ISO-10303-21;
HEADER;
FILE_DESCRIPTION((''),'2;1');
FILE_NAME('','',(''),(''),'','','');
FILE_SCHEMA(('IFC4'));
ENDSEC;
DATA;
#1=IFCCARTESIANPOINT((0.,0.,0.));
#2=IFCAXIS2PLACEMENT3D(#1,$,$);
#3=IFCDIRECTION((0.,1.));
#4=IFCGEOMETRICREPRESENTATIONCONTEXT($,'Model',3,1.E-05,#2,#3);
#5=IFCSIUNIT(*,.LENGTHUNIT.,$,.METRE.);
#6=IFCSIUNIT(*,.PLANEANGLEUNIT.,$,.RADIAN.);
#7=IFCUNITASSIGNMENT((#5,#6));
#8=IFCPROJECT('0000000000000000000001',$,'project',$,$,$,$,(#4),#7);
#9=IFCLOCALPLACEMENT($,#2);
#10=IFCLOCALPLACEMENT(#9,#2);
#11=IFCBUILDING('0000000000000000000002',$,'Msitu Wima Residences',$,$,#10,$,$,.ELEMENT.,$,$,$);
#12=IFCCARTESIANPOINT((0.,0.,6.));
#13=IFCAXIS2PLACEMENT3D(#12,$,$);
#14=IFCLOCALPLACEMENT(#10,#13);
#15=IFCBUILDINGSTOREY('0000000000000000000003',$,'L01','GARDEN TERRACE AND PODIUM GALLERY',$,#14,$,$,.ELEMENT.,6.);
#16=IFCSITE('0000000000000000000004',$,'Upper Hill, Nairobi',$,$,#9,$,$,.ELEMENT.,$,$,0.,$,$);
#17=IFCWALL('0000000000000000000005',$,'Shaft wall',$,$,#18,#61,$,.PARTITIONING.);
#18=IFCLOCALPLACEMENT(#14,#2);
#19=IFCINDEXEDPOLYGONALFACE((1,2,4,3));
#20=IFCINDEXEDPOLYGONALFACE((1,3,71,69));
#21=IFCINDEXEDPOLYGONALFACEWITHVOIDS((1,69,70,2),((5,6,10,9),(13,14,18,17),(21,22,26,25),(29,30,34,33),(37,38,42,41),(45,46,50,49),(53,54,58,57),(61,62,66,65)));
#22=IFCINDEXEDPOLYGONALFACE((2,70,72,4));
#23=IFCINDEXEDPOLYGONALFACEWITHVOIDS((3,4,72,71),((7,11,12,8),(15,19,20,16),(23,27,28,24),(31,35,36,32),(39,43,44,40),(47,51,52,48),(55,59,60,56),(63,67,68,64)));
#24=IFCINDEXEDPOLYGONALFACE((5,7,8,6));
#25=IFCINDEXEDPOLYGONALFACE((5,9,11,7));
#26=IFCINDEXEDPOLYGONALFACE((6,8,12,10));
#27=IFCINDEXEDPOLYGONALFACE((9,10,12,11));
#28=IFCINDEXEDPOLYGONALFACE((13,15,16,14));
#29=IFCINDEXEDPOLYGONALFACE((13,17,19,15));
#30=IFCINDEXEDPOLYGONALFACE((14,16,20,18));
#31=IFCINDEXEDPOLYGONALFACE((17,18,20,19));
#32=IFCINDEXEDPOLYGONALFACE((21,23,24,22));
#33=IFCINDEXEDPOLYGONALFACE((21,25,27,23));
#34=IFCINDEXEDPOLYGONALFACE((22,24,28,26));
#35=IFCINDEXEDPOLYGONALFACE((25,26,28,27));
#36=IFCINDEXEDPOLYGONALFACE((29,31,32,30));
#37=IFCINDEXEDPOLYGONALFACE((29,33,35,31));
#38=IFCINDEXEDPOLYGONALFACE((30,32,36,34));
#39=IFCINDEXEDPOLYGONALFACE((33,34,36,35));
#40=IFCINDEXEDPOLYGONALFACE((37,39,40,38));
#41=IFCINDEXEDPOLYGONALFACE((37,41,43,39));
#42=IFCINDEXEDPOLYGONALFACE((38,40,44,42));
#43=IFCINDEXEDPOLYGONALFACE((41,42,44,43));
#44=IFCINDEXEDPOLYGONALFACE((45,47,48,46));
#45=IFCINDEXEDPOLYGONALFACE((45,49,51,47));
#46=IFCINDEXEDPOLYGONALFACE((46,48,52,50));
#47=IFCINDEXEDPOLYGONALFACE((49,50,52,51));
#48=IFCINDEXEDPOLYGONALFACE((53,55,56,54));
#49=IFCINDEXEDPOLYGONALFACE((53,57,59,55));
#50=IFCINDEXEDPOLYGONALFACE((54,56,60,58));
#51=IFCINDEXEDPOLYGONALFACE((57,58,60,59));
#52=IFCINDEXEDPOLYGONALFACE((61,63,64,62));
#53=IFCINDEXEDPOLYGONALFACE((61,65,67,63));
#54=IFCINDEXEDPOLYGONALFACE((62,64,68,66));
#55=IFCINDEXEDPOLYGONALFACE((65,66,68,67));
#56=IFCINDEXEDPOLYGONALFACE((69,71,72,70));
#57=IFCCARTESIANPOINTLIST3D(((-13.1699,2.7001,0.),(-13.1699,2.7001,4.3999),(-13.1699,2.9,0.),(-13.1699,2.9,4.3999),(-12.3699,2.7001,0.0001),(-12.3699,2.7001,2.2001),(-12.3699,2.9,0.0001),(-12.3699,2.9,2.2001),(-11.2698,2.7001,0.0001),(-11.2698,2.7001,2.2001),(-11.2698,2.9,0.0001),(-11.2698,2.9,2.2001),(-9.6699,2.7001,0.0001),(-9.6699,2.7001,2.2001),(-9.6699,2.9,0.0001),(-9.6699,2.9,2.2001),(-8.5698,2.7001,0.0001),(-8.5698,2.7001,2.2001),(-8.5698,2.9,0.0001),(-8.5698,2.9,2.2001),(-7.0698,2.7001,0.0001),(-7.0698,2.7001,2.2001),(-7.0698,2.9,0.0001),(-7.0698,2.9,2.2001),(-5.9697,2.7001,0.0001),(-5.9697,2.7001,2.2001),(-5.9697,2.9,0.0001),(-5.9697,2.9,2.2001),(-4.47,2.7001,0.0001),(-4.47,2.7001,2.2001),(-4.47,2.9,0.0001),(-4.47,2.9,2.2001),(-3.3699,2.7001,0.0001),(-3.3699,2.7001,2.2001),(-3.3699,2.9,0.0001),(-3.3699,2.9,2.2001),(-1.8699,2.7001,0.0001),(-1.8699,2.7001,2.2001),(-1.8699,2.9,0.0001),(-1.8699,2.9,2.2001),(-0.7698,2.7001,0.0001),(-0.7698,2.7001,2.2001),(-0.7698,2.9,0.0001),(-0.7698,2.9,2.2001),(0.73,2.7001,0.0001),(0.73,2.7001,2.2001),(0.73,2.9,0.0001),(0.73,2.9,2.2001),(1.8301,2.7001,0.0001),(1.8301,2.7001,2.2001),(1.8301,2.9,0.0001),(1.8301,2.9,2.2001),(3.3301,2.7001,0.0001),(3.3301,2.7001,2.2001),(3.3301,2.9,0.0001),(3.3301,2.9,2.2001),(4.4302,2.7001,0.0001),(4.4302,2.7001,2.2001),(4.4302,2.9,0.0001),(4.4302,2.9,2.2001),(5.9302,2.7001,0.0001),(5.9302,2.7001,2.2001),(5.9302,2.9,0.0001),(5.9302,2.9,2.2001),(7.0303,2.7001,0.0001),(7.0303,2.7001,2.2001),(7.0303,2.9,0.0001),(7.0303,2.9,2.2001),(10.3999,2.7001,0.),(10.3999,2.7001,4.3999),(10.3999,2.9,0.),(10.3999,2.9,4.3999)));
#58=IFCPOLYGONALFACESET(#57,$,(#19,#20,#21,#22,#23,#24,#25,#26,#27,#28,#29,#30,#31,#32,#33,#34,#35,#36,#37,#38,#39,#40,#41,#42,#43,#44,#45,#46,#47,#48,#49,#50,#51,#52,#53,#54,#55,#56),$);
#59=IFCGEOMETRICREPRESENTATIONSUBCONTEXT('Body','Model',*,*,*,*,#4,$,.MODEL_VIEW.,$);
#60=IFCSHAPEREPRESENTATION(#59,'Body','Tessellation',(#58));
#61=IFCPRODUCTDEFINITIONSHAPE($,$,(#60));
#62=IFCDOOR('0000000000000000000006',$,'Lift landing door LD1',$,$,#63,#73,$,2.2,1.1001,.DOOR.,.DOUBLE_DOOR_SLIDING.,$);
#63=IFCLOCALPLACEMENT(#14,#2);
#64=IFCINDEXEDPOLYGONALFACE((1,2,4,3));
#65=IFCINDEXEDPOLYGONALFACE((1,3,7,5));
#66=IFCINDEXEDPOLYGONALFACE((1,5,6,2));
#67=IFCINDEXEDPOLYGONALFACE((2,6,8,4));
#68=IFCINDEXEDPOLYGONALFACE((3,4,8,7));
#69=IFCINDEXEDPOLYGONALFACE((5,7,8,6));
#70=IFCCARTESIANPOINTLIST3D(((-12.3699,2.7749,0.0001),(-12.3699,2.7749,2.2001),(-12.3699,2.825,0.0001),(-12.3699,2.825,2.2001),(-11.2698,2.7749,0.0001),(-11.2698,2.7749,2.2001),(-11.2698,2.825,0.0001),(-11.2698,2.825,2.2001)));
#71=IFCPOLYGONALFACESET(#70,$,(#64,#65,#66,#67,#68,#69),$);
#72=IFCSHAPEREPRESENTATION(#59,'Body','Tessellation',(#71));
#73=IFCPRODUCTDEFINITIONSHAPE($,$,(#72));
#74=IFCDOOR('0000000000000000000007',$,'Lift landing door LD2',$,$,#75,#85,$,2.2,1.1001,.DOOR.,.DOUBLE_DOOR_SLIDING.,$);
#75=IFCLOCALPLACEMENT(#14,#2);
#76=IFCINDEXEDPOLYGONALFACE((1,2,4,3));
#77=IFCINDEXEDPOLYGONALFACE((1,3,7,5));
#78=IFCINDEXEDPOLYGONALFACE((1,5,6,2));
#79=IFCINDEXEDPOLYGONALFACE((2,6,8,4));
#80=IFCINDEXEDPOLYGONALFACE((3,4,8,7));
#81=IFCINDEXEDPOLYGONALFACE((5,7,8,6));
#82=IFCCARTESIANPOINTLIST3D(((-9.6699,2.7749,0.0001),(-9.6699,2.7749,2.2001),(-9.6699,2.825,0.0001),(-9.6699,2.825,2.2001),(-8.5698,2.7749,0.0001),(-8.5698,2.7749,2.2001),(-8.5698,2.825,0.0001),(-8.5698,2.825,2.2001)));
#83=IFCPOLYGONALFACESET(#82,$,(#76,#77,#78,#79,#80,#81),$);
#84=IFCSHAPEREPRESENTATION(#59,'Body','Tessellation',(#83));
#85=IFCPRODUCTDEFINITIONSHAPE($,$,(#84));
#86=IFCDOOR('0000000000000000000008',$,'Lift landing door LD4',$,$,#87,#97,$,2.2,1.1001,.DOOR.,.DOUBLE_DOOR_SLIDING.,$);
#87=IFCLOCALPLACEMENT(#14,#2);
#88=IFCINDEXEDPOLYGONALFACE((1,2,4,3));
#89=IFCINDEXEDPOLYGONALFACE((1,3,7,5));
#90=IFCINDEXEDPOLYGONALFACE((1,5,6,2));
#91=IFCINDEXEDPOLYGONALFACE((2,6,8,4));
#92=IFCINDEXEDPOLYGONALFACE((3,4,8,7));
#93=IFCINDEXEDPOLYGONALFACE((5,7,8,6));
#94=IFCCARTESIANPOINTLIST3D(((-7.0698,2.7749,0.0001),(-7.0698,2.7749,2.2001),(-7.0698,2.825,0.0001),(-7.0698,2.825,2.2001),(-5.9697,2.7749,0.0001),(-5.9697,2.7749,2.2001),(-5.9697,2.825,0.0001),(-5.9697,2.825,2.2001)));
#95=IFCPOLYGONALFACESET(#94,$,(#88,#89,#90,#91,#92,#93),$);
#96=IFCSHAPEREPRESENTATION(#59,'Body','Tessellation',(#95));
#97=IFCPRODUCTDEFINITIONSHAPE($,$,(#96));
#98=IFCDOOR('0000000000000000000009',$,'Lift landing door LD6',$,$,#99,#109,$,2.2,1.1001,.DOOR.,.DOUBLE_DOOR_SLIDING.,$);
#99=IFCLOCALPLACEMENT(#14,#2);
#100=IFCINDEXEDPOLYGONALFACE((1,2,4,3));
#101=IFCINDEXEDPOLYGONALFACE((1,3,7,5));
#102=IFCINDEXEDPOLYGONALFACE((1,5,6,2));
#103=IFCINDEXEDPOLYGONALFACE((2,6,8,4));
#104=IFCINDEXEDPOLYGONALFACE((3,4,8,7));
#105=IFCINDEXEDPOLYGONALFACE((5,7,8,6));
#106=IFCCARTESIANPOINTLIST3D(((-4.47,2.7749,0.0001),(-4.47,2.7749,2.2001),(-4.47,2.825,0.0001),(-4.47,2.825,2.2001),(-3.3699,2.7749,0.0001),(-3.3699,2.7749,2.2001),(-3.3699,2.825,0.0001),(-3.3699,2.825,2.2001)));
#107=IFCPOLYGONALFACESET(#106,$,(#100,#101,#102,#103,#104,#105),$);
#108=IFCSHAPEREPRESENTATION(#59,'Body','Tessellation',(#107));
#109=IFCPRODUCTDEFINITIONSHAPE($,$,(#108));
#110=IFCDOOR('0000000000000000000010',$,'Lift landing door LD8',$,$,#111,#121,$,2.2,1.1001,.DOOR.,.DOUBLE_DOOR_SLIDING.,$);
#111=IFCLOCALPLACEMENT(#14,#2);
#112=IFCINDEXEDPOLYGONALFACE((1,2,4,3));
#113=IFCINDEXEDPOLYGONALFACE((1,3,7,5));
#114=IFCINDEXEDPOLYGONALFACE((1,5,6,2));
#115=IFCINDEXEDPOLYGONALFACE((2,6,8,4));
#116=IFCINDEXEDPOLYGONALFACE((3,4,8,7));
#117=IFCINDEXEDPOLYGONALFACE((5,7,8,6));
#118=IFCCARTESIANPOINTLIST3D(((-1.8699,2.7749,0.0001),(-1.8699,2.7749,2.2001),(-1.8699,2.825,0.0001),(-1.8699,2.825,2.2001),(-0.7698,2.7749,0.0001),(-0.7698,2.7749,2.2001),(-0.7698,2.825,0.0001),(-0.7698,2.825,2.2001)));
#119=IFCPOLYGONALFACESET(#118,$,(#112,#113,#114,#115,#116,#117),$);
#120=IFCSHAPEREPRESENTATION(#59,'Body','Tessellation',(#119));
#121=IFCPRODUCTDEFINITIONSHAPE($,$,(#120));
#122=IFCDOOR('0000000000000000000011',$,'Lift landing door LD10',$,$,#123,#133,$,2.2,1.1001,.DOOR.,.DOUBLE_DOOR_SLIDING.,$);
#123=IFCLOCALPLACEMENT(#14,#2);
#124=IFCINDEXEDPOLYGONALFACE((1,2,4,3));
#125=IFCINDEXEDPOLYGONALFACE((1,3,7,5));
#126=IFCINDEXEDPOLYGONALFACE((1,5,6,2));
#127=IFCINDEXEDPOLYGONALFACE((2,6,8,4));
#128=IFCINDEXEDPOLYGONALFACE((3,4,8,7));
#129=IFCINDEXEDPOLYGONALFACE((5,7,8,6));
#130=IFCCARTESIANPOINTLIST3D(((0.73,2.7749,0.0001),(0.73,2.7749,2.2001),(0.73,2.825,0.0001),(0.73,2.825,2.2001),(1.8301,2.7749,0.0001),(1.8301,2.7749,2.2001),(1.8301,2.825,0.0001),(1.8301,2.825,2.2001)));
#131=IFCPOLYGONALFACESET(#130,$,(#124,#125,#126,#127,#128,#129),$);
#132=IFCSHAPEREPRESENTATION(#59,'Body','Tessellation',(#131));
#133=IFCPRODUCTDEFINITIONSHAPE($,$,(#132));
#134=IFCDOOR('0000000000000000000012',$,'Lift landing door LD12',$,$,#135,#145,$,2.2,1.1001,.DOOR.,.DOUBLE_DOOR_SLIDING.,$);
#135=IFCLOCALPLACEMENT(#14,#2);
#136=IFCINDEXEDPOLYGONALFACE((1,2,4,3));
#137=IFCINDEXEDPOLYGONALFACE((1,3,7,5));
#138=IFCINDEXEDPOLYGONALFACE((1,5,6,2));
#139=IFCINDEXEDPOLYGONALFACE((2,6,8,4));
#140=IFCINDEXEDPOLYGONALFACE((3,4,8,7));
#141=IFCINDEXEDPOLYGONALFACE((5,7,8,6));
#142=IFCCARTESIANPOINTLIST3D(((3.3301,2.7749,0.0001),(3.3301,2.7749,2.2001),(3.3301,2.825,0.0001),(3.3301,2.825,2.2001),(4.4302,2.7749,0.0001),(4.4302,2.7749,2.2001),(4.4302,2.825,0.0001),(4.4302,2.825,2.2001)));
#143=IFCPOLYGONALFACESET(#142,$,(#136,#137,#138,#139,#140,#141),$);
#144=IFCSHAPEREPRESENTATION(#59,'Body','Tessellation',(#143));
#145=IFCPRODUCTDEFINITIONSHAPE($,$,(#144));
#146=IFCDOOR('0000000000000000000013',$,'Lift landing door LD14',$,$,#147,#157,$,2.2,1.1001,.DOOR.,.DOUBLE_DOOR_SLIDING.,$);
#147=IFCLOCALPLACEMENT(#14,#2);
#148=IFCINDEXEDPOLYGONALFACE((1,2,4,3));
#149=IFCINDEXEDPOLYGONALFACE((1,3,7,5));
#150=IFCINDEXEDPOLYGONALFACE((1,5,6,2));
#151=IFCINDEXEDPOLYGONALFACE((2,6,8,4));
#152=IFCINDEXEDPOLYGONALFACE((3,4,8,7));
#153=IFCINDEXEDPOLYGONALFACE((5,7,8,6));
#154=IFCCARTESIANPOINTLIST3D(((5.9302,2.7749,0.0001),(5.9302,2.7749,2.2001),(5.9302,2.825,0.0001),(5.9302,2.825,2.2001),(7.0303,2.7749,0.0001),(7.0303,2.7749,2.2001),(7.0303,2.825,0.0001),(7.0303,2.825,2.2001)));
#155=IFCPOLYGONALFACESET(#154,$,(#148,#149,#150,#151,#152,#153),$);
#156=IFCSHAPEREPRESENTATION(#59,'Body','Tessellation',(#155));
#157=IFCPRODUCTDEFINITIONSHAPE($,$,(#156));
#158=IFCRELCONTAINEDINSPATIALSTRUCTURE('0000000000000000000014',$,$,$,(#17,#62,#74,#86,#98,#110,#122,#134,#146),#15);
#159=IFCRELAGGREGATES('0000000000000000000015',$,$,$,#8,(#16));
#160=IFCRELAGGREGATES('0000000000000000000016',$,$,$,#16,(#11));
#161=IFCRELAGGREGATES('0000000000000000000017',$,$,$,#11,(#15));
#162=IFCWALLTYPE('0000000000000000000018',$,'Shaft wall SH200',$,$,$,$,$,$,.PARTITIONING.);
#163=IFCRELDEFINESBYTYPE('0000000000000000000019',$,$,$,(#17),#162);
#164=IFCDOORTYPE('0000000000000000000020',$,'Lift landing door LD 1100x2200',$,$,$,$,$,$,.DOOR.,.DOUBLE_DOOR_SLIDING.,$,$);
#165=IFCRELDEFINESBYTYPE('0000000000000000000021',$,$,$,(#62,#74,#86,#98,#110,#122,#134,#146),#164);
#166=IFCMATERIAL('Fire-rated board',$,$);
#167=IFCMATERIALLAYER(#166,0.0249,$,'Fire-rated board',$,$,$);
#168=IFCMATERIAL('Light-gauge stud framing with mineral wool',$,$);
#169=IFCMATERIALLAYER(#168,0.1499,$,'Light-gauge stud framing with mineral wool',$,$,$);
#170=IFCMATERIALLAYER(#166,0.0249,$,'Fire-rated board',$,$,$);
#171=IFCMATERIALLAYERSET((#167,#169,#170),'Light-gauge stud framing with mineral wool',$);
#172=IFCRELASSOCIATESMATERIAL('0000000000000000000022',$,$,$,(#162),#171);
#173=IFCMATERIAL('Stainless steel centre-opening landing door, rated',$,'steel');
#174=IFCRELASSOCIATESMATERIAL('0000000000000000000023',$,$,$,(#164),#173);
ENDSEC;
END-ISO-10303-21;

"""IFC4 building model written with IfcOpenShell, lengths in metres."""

from ifc_helpers import new_model, si_unit, direction, frame, frame_2d, origin, place, context, subcontext, project, spatial, rectangle, extrude, material, layer, layer_set, type_object, element, fill, save


model = new_model("IFC4")

# Units and contexts
model_context = context("Model", 3, precision=1e-05, world=origin(), true_north=direction((0.0, 1.0)))
body_context = subcontext(model_context, "Body", "Model", "MODEL_VIEW")
ifc_project = project(units=[si_unit("LENGTHUNIT", "METRE"), si_unit("PLANEANGLEUNIT", "RADIAN")], contexts=[model_context])

# Site, building, storey
site_placement = place(None, origin())
site = spatial("IfcSite", under=ifc_project, at=site_placement, Name="Upper Hill, Nairobi", CompositionType="ELEMENT", RefElevation=0.0)
building_placement = place(site_placement, origin())
building = spatial("IfcBuilding", under=site, at=building_placement, Name="Msitu Wima Residences", CompositionType="ELEMENT")
storey_placement = place(building_placement, frame((0.0, 0.0, 6.0)))
storey = spatial("IfcBuildingStorey", under=building, at=storey_placement, Name="L01", Description="GARDEN TERRACE AND PODIUM GALLERY", CompositionType="ELEMENT", Elevation=6.0)

# Shared definitions
ifc_material_1 = material(Name="Fire-rated board")
ifc_layer_1 = layer(ifc_material_1, 0.0249, Name="Fire-rated board")
ifc_material_2 = material(Name="Light-gauge stud framing with mineral wool")
ifc_layer_2 = layer(ifc_material_2, 0.1499, Name="Light-gauge stud framing with mineral wool")
ifc_layer_3 = layer(ifc_material_1, 0.0249, Name="Fire-rated board")
ifc_layer_set_1 = layer_set([ifc_layer_1, ifc_layer_2, ifc_layer_3], Name="Light-gauge stud framing with mineral wool")
wall_type_1 = type_object("IfcWallType", Name="Shaft wall SH200", PredefinedType="PARTITIONING", material=ifc_layer_set_1)

# Wall, openings, doors
wall_1_placement = place(storey_placement, frame((-13.1699, 2.8, 0.0), z_axis=(0.0, 0.0, 1.0), x_axis=(1.0, 0.0, 0.0)))
wall_1 = element("IfcWall", 1, at=wall_1_placement, inside=storey, type_object=wall_type_1, Name="Shaft wall", PredefinedType="PARTITIONING", context=body_context, shape_type="SweptSolid", body=[
    extrude(rectangle(XDim=23.5698, YDim=0.2, at=frame_2d((11.7849, 0.0))), origin(), (0.0, 0.0, 1.0), 4.3999),
])
opening_1_placement = place(wall_1_placement, frame((0.8, 0.0, 0.0)))
opening_1 = element("IfcOpeningElement", 2, at=opening_1_placement, cuts=wall_1, PredefinedType="OPENING", context=body_context, shape_type="SweptSolid", body=[
    extrude(rectangle(XDim=1.1001, YDim=2.2, at=frame_2d((0.55, 1.1001))), frame((0.0, 0.1099, 0.0), z_axis=(0.0, -1.0, 0.0), x_axis=(1.0, 0.0, 0.0)), (0.0, 0.0, 1.0), 0.22),
])
opening_2_placement = place(wall_1_placement, frame((3.5, 0.0, 0.0)))
opening_2 = element("IfcOpeningElement", 3, at=opening_2_placement, cuts=wall_1, PredefinedType="OPENING", context=body_context, shape_type="SweptSolid", body=[
    extrude(rectangle(XDim=1.1001, YDim=2.2, at=frame_2d((0.55, 1.1001))), frame((0.0, 0.1099, 0.0), z_axis=(0.0, -1.0, 0.0), x_axis=(1.0, 0.0, 0.0)), (0.0, 0.0, 1.0), 0.22),
])
opening_3_placement = place(wall_1_placement, frame((6.1001, 0.0, 0.0)))
opening_3 = element("IfcOpeningElement", 4, at=opening_3_placement, cuts=wall_1, PredefinedType="OPENING", context=body_context, shape_type="SweptSolid", body=[
    extrude(rectangle(XDim=1.1001, YDim=2.2, at=frame_2d((0.55, 1.1001))), frame((0.0, 0.1099, 0.0), z_axis=(0.0, -1.0, 0.0), x_axis=(1.0, 0.0, 0.0)), (0.0, 0.0, 1.0), 0.22),
])
opening_4_placement = place(wall_1_placement, frame((8.7, 0.0, 0.0)))
opening_4 = element("IfcOpeningElement", 5, at=opening_4_placement, cuts=wall_1, PredefinedType="OPENING", context=body_context, shape_type="SweptSolid", body=[
    extrude(rectangle(XDim=1.1001, YDim=2.2, at=frame_2d((0.55, 1.1001))), frame((0.0, 0.1099, 0.0), z_axis=(0.0, -1.0, 0.0), x_axis=(1.0, 0.0, 0.0)), (0.0, 0.0, 1.0), 0.22),
])
opening_5_placement = place(wall_1_placement, frame((11.3, 0.0, 0.0)))
opening_5 = element("IfcOpeningElement", 6, at=opening_5_placement, cuts=wall_1, PredefinedType="OPENING", context=body_context, shape_type="SweptSolid", body=[
    extrude(rectangle(XDim=1.1001, YDim=2.2, at=frame_2d((0.55, 1.1001))), frame((0.0, 0.1099, 0.0), z_axis=(0.0, -1.0, 0.0), x_axis=(1.0, 0.0, 0.0)), (0.0, 0.0, 1.0), 0.22),
])
opening_6_placement = place(wall_1_placement, frame((13.8999, 0.0, 0.0)))
opening_6 = element("IfcOpeningElement", 7, at=opening_6_placement, cuts=wall_1, PredefinedType="OPENING", context=body_context, shape_type="SweptSolid", body=[
    extrude(rectangle(XDim=1.1001, YDim=2.2, at=frame_2d((0.55, 1.1001))), frame((0.0, 0.1099, 0.0), z_axis=(0.0, -1.0, 0.0), x_axis=(1.0, 0.0, 0.0)), (0.0, 0.0, 1.0), 0.22),
])
opening_7_placement = place(wall_1_placement, frame((16.5, 0.0, 0.0)))
opening_7 = element("IfcOpeningElement", 8, at=opening_7_placement, cuts=wall_1, PredefinedType="OPENING", context=body_context, shape_type="SweptSolid", body=[
    extrude(rectangle(XDim=1.1001, YDim=2.2, at=frame_2d((0.55, 1.1001))), frame((0.0, 0.1099, 0.0), z_axis=(0.0, -1.0, 0.0), x_axis=(1.0, 0.0, 0.0)), (0.0, 0.0, 1.0), 0.22),
])
opening_8_placement = place(wall_1_placement, frame((19.1001, 0.0, 0.0)))
opening_8 = element("IfcOpeningElement", 9, at=opening_8_placement, cuts=wall_1, PredefinedType="OPENING", context=body_context, shape_type="SweptSolid", body=[
    extrude(rectangle(XDim=1.1001, YDim=2.2, at=frame_2d((0.55, 1.1001))), frame((0.0, 0.1099, 0.0), z_axis=(0.0, -1.0, 0.0), x_axis=(1.0, 0.0, 0.0)), (0.0, 0.0, 1.0), 0.22),
])
ifc_material_3 = material(Name="Stainless steel centre-opening landing door, rated", Category="steel")
door_type_1 = type_object("IfcDoorType", Name="Lift landing door LD 1100x2200", OperationType="DOUBLE_DOOR_SLIDING", PredefinedType="DOOR", material=ifc_material_3)
door_1_placement = place(opening_1_placement, origin())
door_1 = element("IfcDoor", 10, at=door_1_placement, inside=storey, type_object=door_type_1, Name="Lift landing door LD1", OperationType="DOUBLE_DOOR_SLIDING", OverallHeight=2.2, OverallWidth=1.1001, PredefinedType="DOOR", context=body_context, shape_type="SweptSolid", body=[
    extrude(rectangle(XDim=1.1001, YDim=2.2, at=frame_2d((0.55, 1.1001))), frame((0.0, 0.0249, 0.0), z_axis=(0.0, -1.0, 0.0), x_axis=(1.0, 0.0, 0.0)), (0.0, 0.0, 1.0), 0.05),
])
fill(opening_1, door_1)
door_2_placement = place(opening_2_placement, origin())
door_2 = element("IfcDoor", 11, at=door_2_placement, inside=storey, type_object=door_type_1, Name="Lift landing door LD2", OperationType="DOUBLE_DOOR_SLIDING", OverallHeight=2.2, OverallWidth=1.1001, PredefinedType="DOOR", context=body_context, shape_type="SweptSolid", body=[
    extrude(rectangle(XDim=1.1001, YDim=2.2, at=frame_2d((0.55, 1.1001))), frame((0.0, 0.0249, 0.0), z_axis=(0.0, -1.0, 0.0), x_axis=(1.0, 0.0, 0.0)), (0.0, 0.0, 1.0), 0.05),
])
fill(opening_2, door_2)
door_3_placement = place(opening_3_placement, origin())
door_3 = element("IfcDoor", 12, at=door_3_placement, inside=storey, type_object=door_type_1, Name="Lift landing door LD4", OperationType="DOUBLE_DOOR_SLIDING", OverallHeight=2.2, OverallWidth=1.1001, PredefinedType="DOOR", context=body_context, shape_type="SweptSolid", body=[
    extrude(rectangle(XDim=1.1001, YDim=2.2, at=frame_2d((0.55, 1.1001))), frame((0.0, 0.0249, 0.0), z_axis=(0.0, -1.0, 0.0), x_axis=(1.0, 0.0, 0.0)), (0.0, 0.0, 1.0), 0.05),
])
fill(opening_3, door_3)
door_4_placement = place(opening_4_placement, origin())
door_4 = element("IfcDoor", 13, at=door_4_placement, inside=storey, type_object=door_type_1, Name="Lift landing door LD6", OperationType="DOUBLE_DOOR_SLIDING", OverallHeight=2.2, OverallWidth=1.1001, PredefinedType="DOOR", context=body_context, shape_type="SweptSolid", body=[
    extrude(rectangle(XDim=1.1001, YDim=2.2, at=frame_2d((0.55, 1.1001))), frame((0.0, 0.0249, 0.0), z_axis=(0.0, -1.0, 0.0), x_axis=(1.0, 0.0, 0.0)), (0.0, 0.0, 1.0), 0.05),
])
fill(opening_4, door_4)
door_5_placement = place(opening_5_placement, origin())
door_5 = element("IfcDoor", 14, at=door_5_placement, inside=storey, type_object=door_type_1, Name="Lift landing door LD8", OperationType="DOUBLE_DOOR_SLIDING", OverallHeight=2.2, OverallWidth=1.1001, PredefinedType="DOOR", context=body_context, shape_type="SweptSolid", body=[
    extrude(rectangle(XDim=1.1001, YDim=2.2, at=frame_2d((0.55, 1.1001))), frame((0.0, 0.0249, 0.0), z_axis=(0.0, -1.0, 0.0), x_axis=(1.0, 0.0, 0.0)), (0.0, 0.0, 1.0), 0.05),
])
fill(opening_5, door_5)
door_6_placement = place(opening_6_placement, origin())
door_6 = element("IfcDoor", 15, at=door_6_placement, inside=storey, type_object=door_type_1, Name="Lift landing door LD10", OperationType="DOUBLE_DOOR_SLIDING", OverallHeight=2.2, OverallWidth=1.1001, PredefinedType="DOOR", context=body_context, shape_type="SweptSolid", body=[
    extrude(rectangle(XDim=1.1001, YDim=2.2, at=frame_2d((0.55, 1.1001))), frame((0.0, 0.0249, 0.0), z_axis=(0.0, -1.0, 0.0), x_axis=(1.0, 0.0, 0.0)), (0.0, 0.0, 1.0), 0.05),
])
fill(opening_6, door_6)
door_7_placement = place(opening_7_placement, origin())
door_7 = element("IfcDoor", 16, at=door_7_placement, inside=storey, type_object=door_type_1, Name="Lift landing door LD12", OperationType="DOUBLE_DOOR_SLIDING", OverallHeight=2.2, OverallWidth=1.1001, PredefinedType="DOOR", context=body_context, shape_type="SweptSolid", body=[
    extrude(rectangle(XDim=1.1001, YDim=2.2, at=frame_2d((0.55, 1.1001))), frame((0.0, 0.0249, 0.0), z_axis=(0.0, -1.0, 0.0), x_axis=(1.0, 0.0, 0.0)), (0.0, 0.0, 1.0), 0.05),
])
fill(opening_7, door_7)
door_8_placement = place(opening_8_placement, origin())
door_8 = element("IfcDoor", 17, at=door_8_placement, inside=storey, type_object=door_type_1, Name="Lift landing door LD14", OperationType="DOUBLE_DOOR_SLIDING", OverallHeight=2.2, OverallWidth=1.1001, PredefinedType="DOOR", context=body_context, shape_type="SweptSolid", body=[
    extrude(rectangle(XDim=1.1001, YDim=2.2, at=frame_2d((0.55, 1.1001))), frame((0.0, 0.0249, 0.0), z_axis=(0.0, -1.0, 0.0), x_axis=(1.0, 0.0, 0.0)), (0.0, 0.0, 1.0), 0.05),
])
fill(opening_8, door_8)

save(model, "model.ifc")
